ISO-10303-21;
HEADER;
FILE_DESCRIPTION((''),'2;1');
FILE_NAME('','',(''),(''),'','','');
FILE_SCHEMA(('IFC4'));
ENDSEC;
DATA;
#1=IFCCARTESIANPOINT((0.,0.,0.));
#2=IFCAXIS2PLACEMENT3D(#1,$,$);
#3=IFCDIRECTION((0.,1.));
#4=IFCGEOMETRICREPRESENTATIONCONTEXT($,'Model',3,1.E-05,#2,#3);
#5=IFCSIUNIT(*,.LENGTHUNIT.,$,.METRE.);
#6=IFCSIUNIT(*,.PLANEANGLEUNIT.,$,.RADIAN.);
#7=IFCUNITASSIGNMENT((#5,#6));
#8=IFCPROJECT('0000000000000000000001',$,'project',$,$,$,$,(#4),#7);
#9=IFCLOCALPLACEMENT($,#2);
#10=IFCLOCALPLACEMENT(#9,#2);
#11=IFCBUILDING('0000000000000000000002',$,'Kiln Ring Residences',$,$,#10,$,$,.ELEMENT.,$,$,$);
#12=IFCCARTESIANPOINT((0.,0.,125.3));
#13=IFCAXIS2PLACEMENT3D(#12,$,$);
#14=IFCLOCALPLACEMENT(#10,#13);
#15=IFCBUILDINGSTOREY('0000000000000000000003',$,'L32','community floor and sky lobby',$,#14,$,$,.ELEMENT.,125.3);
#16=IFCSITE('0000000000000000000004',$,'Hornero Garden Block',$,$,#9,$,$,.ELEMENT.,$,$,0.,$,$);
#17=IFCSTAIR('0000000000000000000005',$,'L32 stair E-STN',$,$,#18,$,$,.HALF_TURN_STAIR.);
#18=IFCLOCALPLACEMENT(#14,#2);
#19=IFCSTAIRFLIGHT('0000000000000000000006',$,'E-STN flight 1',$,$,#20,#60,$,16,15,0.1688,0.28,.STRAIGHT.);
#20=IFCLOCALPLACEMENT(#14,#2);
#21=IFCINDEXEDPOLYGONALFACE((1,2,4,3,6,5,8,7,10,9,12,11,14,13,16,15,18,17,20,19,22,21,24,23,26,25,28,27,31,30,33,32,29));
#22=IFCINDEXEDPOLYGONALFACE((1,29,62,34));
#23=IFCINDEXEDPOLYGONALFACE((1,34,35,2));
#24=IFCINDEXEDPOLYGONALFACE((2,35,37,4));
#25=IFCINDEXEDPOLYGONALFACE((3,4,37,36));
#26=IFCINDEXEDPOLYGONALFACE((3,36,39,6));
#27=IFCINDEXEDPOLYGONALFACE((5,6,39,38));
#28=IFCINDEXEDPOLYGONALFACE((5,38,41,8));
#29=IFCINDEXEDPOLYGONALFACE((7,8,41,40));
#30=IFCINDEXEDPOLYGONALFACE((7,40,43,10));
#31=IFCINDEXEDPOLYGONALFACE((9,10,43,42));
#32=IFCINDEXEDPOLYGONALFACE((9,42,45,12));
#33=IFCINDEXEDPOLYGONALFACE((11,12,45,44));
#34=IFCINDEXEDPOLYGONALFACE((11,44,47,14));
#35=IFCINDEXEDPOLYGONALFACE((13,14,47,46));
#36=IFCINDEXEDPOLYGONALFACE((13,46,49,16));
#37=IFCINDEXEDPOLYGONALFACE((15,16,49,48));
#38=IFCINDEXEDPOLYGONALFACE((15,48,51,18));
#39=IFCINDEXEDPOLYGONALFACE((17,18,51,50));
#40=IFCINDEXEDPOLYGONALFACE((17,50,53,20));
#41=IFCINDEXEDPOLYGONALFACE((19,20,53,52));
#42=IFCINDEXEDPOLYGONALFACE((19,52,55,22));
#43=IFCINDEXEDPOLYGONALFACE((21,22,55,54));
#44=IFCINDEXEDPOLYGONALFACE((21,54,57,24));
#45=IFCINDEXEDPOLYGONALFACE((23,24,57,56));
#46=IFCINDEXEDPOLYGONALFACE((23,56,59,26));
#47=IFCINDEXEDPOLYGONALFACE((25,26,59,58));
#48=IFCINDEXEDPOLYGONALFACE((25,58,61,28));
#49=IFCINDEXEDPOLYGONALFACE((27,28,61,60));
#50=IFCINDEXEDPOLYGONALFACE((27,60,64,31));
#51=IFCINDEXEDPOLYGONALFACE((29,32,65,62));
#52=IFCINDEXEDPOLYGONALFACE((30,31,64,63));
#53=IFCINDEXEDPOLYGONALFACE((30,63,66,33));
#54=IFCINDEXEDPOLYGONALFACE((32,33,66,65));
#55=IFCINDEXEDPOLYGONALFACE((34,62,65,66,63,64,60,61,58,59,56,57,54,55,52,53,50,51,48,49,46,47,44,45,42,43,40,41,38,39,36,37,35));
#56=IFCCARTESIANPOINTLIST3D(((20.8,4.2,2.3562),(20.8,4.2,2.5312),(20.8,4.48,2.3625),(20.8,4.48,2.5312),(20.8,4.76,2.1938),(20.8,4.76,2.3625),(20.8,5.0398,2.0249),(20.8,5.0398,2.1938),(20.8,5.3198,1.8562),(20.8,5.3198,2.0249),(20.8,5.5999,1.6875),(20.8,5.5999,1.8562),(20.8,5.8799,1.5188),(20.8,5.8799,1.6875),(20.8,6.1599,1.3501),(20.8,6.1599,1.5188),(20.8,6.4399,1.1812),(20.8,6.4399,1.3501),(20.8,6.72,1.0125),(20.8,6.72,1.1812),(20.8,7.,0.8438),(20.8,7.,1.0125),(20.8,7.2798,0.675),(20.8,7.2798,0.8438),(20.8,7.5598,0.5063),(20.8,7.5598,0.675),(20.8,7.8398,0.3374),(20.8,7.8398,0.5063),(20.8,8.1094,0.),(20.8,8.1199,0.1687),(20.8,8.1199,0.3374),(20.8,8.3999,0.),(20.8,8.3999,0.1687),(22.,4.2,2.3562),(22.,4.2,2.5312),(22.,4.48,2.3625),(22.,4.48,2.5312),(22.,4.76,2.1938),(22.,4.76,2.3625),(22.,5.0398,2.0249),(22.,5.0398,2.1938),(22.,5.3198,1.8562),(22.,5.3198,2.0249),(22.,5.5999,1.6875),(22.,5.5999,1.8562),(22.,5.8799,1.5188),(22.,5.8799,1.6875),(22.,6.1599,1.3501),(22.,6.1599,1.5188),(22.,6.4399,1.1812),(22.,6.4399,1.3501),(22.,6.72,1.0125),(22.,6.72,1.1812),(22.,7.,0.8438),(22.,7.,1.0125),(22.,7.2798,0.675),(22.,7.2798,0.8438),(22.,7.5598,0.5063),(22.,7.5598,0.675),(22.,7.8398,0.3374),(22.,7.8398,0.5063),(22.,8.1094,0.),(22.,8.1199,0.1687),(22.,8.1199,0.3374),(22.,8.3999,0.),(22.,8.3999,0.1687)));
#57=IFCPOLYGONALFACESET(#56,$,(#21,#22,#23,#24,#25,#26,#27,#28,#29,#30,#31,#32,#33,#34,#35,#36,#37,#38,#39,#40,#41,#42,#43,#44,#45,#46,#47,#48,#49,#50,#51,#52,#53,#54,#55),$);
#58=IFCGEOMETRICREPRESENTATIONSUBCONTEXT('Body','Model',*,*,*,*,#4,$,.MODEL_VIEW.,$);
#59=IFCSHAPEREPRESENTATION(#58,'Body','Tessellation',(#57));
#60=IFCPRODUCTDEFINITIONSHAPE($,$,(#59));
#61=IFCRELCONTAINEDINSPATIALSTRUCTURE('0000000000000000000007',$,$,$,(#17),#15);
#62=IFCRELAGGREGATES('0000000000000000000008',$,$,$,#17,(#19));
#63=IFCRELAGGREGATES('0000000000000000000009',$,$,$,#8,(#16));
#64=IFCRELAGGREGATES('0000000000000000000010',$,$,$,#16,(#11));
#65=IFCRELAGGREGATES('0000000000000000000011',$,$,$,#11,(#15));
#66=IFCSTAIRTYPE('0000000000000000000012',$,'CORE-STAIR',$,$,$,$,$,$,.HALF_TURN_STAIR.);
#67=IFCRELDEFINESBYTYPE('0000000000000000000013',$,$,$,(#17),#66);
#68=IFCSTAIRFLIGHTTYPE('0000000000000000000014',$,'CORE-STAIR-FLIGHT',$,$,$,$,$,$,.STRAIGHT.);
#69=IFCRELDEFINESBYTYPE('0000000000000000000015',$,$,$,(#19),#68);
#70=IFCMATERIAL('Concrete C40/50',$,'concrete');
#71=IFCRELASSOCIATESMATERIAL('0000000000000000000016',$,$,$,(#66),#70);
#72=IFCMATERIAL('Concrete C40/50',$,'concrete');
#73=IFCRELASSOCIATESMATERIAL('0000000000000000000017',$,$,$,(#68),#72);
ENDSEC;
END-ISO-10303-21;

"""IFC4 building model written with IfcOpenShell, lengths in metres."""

from ifc_helpers import new_model, si_unit, direction, frame, origin, place, context, subcontext, project, spatial, polyline, outline, extrude, material, type_object, element, aggregate, save


model = new_model("IFC4")

# Units and contexts
model_context = context("Model", 3, precision=1e-05, world=origin(), true_north=direction((0.0, 1.0)))
body_context = subcontext(model_context, "Body", "Model", "MODEL_VIEW")
ifc_project = project(units=[si_unit("LENGTHUNIT", "METRE"), si_unit("PLANEANGLEUNIT", "RADIAN")], contexts=[model_context])

# Site, building, storey
site_placement = place(None, origin())
site = spatial("IfcSite", under=ifc_project, at=site_placement, Name="Hornero Garden Block", CompositionType="ELEMENT", RefElevation=0.0)
building_placement = place(site_placement, origin())
building = spatial("IfcBuilding", under=site, at=building_placement, Name="Kiln Ring Residences", CompositionType="ELEMENT")
storey_placement = place(building_placement, frame((0.0, 0.0, 125.3)))
storey = spatial("IfcBuildingStorey", under=building, at=storey_placement, Name="L32", Description="community floor and sky lobby", CompositionType="ELEMENT", Elevation=125.3)

# Shared definitions
placement = place(storey_placement, origin())

# Stair, stair flight
ifc_material_1 = material(Name="Concrete C40/50", Category="concrete")
stair_type = type_object("IfcStairType", Name="CORE-STAIR", PredefinedType="HALF_TURN_STAIR", material=ifc_material_1)
stair = element("IfcStair", 1, at=placement, inside=storey, type_object=stair_type, Name="L32 stair E-STN", PredefinedType="HALF_TURN_STAIR")
ifc_material_2 = material(Name="Concrete C40/50", Category="concrete")
stair_flight_type = type_object("IfcStairFlightType", Name="CORE-STAIR-FLIGHT", PredefinedType="STRAIGHT", material=ifc_material_2)
stair_flight_placement = place(storey_placement, frame((21.3999, 8.3999, 0.0), z_axis=(0.0, 0.0, 1.0), x_axis=(0.0, -1.0, 0.0)))
stair_flight = element("IfcStairFlight", 2, at=stair_flight_placement, type_object=stair_flight_type, Name="E-STN flight 1", NumberOfRisers=16, NumberOfTreads=15, PredefinedType="STRAIGHT", RiserHeight=0.1688, TreadLength=0.28, context=body_context, shape_type="SweptSolid", body=[
    extrude(outline(polyline([(0.0, 0.0), (0.0, 0.1687), (0.28, 0.1687), (0.28, 0.3374), (0.5601, 0.3374), (0.5601, 0.5063), (0.8401, 0.5063), (0.8401, 0.675), (1.1201, 0.675), (1.1201, 0.8438), (1.3999, 0.8438), (1.3999, 1.0125), (1.6799, 1.0125), (1.6799, 1.1812), (1.96, 1.1812), (1.96, 1.3501), (2.24, 1.3501), (2.24, 1.5188), (2.52, 1.5188), (2.52, 1.6875), (2.8, 1.6875), (2.8, 1.8562), (3.0801, 1.8562), (3.0801, 2.0249), (3.3601, 2.0249), (3.3601, 2.1938), (3.6399, 2.1938), (3.6399, 2.3625), (3.9199, 2.3625), (3.9199, 2.5312), (4.2, 2.5312), (4.2, 2.7), (4.2, 2.3562), (0.2905, 0.0), (0.0, 0.0)])), frame((0.0, 0.6001, 0.0), z_axis=(0.0, -1.0, 0.0), x_axis=(1.0, 0.0, 0.0)), (0.0, 0.0, 1.0), 1.2),
])
aggregate(stair, [stair_flight])

save(model, "model.ifc")
